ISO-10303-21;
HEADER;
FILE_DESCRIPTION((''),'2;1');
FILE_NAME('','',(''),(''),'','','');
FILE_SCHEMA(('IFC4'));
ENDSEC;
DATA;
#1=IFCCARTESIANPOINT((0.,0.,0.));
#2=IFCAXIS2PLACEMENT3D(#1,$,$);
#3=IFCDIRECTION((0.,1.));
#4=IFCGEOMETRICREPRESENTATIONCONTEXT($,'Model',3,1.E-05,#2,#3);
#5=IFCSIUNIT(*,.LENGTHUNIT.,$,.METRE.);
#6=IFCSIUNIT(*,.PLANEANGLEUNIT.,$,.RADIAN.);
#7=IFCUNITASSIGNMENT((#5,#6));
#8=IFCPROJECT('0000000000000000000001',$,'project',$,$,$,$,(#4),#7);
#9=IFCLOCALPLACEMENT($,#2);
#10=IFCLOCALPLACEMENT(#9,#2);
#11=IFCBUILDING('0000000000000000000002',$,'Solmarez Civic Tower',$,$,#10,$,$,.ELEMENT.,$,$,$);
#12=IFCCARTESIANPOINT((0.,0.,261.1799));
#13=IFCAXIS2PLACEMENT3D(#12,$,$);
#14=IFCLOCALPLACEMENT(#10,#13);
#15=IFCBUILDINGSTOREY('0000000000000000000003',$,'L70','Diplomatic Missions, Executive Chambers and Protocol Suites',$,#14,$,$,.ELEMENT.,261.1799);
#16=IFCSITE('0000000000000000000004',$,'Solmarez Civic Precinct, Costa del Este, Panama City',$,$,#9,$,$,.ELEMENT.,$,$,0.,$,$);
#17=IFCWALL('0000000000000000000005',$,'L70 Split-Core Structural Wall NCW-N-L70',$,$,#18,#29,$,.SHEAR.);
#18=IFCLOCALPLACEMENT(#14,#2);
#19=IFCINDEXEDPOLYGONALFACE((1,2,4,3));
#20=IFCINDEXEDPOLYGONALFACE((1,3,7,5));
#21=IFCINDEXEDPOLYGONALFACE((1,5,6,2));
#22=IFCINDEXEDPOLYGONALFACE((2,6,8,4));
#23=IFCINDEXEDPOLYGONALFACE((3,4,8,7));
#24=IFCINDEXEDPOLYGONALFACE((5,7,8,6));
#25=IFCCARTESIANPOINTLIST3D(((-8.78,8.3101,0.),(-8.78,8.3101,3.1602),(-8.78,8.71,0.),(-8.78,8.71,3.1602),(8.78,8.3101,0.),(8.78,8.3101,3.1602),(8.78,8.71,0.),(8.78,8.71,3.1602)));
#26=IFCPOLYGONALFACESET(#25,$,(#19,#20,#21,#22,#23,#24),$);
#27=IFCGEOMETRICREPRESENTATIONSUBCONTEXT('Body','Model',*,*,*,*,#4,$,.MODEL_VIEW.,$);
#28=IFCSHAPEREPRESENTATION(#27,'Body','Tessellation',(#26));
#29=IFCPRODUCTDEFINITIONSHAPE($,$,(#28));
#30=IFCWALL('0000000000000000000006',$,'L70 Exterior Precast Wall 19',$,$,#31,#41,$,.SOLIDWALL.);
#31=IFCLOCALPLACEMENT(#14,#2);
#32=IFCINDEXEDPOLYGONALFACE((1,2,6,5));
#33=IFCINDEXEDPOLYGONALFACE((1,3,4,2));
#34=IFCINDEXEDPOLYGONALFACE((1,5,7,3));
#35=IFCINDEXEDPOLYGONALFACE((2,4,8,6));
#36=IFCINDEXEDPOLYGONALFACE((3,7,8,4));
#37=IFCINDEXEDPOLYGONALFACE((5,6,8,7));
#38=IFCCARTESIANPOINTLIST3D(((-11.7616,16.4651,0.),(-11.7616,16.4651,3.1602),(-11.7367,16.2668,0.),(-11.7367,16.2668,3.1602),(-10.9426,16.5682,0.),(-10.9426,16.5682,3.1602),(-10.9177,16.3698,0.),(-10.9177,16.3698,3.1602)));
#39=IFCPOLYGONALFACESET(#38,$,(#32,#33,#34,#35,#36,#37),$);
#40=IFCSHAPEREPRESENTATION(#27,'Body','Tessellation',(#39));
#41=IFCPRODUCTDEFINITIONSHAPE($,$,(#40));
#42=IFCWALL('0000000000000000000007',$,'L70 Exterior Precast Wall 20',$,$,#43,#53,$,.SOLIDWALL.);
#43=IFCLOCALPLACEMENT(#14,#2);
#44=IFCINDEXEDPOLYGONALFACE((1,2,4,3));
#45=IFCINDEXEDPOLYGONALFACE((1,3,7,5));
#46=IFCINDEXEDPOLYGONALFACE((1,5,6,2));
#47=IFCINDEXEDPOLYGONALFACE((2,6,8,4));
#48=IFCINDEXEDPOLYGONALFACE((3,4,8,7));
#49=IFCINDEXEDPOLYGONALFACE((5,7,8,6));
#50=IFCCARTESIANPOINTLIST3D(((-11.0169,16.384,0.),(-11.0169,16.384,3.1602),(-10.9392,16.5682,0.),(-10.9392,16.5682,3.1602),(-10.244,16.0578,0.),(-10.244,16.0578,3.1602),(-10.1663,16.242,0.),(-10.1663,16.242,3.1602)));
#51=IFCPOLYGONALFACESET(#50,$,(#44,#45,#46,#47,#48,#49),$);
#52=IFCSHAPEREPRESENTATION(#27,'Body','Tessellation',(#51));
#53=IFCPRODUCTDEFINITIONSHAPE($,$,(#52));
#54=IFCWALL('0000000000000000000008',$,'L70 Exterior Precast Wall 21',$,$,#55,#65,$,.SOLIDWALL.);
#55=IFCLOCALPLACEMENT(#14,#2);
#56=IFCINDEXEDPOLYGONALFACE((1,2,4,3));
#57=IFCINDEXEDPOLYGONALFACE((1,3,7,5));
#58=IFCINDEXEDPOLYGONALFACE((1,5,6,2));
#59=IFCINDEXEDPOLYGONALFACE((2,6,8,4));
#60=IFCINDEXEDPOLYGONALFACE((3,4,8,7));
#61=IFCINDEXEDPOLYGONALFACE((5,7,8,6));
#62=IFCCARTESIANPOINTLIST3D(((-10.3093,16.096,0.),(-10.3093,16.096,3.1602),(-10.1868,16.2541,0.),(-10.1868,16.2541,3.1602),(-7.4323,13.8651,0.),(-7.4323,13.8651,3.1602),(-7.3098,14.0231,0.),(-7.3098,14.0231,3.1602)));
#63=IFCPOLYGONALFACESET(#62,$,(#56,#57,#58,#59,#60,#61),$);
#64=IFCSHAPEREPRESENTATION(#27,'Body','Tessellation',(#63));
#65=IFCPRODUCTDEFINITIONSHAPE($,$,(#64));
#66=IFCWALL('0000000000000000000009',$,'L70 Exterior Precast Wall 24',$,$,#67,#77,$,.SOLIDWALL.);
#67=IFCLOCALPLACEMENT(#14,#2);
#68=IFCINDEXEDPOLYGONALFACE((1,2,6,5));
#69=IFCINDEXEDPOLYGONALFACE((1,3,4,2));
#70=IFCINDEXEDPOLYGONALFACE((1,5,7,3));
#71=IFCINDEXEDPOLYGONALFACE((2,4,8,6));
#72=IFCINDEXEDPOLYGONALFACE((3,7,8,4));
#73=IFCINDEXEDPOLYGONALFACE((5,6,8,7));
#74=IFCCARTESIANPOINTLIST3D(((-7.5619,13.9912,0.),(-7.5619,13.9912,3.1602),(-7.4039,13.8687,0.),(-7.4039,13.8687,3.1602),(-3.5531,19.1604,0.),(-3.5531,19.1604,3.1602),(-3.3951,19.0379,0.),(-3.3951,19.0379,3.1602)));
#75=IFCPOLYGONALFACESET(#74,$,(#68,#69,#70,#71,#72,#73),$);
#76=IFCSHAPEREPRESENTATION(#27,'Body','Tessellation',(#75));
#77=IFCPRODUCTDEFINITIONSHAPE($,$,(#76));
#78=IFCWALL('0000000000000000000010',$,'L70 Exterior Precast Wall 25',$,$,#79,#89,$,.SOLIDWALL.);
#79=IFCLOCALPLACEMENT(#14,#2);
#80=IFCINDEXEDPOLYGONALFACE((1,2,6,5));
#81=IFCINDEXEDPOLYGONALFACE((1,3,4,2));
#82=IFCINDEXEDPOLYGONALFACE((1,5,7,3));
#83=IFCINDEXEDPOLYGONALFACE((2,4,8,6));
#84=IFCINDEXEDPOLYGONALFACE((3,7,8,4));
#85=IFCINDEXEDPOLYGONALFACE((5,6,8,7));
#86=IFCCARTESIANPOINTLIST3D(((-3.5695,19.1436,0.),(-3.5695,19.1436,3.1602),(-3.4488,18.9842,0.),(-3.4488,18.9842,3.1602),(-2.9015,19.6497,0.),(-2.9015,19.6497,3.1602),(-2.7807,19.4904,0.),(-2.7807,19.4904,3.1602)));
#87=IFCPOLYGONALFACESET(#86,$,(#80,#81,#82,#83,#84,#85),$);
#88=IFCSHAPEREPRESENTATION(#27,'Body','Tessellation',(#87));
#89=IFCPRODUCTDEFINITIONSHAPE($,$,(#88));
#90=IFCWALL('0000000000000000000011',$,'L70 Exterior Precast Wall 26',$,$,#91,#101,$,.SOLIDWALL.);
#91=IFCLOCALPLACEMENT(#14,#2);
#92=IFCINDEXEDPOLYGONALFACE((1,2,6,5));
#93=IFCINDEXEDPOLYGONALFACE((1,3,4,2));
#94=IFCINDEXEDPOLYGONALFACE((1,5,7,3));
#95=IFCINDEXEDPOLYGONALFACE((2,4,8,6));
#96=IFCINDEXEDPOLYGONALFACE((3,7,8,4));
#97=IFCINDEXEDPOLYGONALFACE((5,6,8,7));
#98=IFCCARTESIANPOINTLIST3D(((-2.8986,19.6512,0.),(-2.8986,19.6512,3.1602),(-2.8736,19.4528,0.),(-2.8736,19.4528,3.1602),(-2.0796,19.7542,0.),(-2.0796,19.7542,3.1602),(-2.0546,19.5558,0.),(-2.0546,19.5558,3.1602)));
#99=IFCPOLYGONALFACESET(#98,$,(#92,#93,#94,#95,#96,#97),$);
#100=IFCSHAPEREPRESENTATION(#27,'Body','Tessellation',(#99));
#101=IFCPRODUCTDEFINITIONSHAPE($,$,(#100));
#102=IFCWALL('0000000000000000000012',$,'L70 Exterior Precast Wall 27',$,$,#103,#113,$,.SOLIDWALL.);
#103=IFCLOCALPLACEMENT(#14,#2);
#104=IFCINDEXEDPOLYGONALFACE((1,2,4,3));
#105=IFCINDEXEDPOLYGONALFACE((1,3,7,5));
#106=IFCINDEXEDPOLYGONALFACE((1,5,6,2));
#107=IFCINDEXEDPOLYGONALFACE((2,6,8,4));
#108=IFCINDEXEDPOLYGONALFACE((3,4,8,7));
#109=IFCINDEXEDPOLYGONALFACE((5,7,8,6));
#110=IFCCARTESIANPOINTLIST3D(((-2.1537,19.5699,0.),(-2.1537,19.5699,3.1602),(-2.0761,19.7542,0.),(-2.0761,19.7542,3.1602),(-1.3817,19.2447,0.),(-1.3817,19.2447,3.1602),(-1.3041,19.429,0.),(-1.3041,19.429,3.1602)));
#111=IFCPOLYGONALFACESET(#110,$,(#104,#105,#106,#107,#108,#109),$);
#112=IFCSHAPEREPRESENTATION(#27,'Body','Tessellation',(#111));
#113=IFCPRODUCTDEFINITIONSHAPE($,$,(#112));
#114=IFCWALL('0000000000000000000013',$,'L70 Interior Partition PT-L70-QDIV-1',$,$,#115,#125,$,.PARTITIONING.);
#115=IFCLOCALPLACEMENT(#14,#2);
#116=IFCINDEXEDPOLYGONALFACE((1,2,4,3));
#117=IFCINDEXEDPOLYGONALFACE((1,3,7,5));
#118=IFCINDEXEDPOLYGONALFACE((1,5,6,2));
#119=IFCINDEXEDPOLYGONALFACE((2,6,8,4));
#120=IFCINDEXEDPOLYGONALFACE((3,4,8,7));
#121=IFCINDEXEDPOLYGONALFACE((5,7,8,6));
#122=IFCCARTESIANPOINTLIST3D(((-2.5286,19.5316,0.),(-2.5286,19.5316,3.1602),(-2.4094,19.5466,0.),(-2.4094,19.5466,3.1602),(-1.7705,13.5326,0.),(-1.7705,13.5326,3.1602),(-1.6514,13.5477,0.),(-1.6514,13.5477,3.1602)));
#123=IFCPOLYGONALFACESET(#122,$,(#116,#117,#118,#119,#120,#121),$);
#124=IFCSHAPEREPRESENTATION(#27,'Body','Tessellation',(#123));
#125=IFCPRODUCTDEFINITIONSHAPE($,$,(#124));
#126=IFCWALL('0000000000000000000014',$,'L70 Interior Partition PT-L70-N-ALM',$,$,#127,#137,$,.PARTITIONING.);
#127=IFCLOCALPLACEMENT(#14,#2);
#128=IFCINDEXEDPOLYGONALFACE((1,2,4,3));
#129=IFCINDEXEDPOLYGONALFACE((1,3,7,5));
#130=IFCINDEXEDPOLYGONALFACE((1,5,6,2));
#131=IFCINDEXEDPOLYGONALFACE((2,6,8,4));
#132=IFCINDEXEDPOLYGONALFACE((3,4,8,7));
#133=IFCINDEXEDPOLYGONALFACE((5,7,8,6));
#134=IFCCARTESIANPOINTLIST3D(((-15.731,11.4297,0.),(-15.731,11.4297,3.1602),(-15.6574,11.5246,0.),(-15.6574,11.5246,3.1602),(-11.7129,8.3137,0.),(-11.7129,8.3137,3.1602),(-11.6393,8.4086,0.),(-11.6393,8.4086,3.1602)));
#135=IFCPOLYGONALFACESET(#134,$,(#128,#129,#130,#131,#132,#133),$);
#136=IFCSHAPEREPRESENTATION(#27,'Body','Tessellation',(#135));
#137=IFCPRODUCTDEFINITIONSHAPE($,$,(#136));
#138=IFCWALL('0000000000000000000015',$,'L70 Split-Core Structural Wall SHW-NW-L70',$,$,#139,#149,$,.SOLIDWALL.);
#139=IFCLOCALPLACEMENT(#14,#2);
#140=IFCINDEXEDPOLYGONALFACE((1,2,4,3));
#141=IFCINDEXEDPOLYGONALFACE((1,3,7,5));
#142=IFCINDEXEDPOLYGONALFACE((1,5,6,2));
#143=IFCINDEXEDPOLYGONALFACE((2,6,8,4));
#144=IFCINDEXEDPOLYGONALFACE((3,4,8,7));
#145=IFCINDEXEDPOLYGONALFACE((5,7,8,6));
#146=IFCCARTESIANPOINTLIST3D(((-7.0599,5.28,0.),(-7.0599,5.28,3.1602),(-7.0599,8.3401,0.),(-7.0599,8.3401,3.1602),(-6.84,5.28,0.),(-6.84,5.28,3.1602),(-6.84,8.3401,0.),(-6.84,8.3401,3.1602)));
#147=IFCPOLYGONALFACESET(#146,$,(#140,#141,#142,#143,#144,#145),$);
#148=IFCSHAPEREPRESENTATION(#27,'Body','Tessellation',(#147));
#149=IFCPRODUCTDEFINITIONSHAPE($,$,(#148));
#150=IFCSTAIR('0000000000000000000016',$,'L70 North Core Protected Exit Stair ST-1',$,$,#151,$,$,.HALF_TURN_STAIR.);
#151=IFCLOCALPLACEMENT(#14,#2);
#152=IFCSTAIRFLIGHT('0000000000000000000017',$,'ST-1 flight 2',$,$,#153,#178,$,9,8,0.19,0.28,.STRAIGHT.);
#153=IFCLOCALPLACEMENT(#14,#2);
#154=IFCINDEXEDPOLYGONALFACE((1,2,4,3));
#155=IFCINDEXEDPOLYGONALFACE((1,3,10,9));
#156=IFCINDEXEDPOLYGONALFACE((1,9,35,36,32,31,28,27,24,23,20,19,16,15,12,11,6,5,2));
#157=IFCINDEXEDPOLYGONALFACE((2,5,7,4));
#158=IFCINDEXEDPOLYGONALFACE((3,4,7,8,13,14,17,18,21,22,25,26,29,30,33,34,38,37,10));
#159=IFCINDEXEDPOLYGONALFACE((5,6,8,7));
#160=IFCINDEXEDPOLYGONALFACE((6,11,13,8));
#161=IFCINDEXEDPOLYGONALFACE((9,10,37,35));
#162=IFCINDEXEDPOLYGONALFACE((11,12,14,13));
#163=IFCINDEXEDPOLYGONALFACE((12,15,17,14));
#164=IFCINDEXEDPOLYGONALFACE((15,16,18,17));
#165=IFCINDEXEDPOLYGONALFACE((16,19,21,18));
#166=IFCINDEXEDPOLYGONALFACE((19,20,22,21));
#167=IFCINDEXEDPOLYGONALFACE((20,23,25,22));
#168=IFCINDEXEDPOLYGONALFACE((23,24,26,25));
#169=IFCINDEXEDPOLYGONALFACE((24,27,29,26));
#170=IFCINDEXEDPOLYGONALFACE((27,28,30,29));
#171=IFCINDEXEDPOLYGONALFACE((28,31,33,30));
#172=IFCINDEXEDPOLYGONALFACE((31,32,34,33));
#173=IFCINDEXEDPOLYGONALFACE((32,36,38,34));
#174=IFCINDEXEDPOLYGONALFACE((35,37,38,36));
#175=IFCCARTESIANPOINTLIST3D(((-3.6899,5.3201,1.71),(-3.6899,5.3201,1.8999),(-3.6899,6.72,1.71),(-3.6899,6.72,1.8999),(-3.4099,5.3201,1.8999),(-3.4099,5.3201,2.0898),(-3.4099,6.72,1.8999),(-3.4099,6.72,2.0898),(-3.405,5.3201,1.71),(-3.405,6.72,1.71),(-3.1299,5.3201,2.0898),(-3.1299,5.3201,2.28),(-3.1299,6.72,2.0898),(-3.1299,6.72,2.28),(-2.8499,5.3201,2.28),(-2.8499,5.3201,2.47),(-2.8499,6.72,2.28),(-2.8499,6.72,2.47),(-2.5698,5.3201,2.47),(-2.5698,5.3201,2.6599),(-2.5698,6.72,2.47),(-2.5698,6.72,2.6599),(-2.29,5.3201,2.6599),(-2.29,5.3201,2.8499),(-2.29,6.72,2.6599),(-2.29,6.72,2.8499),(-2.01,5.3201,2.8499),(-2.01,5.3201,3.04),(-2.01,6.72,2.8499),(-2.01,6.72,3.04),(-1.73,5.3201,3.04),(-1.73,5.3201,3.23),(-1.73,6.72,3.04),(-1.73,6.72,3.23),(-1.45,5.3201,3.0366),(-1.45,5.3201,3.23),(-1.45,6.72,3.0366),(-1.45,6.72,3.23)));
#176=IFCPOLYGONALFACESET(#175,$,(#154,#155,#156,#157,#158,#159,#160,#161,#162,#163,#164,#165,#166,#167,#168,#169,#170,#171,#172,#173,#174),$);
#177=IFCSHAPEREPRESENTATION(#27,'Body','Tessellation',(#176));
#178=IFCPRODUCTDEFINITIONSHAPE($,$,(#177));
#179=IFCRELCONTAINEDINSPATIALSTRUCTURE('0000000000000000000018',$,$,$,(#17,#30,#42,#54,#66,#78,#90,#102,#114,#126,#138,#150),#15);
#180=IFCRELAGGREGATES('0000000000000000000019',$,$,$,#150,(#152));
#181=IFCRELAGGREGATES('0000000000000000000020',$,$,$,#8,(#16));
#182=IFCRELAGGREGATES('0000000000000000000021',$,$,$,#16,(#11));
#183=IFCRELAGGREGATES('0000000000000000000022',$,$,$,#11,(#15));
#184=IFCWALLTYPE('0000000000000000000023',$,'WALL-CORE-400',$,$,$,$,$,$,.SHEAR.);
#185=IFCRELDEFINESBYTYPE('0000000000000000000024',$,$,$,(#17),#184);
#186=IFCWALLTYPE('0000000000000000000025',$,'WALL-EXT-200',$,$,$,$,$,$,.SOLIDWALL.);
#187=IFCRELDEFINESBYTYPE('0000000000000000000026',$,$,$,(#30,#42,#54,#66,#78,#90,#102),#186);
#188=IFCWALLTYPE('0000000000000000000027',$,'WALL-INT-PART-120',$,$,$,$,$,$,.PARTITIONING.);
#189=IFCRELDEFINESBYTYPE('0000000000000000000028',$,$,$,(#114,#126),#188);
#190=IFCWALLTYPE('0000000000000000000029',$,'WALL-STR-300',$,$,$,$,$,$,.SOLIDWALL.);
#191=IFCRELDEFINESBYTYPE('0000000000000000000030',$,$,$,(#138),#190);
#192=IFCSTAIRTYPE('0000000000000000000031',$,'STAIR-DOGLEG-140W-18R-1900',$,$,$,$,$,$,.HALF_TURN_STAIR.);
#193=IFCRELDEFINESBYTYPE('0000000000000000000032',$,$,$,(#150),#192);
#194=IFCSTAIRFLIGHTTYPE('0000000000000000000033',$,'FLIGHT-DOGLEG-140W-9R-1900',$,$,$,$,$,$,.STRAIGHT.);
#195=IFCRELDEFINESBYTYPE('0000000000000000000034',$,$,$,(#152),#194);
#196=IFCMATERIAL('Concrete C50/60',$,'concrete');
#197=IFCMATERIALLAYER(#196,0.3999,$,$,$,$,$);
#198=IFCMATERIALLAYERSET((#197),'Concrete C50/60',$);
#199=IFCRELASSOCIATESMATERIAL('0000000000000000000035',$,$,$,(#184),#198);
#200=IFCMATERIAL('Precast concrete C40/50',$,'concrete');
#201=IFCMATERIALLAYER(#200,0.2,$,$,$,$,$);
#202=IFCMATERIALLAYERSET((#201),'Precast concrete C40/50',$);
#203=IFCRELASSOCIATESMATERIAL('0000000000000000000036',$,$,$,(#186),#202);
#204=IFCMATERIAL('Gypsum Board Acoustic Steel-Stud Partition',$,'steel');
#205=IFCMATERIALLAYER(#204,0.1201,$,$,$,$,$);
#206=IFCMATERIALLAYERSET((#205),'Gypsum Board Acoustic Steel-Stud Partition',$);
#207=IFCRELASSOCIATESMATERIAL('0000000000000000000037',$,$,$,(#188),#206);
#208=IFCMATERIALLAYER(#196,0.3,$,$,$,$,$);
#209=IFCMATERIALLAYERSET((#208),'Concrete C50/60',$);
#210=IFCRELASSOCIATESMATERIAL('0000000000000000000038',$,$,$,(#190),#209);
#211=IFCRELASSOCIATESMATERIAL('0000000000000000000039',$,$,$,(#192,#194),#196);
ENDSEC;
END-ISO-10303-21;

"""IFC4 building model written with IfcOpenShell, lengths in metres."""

from ifc_helpers import new_model, si_unit, direction, frame, frame_2d, origin, place, context, subcontext, project, spatial, polyline, rectangle, outline, extrude, material, layer, layer_set, type_object, element, aggregate, save


model = new_model("IFC4")

# Units and contexts
model_context = context("Model", 3, precision=1e-05, world=origin(), true_north=direction((0.0, 1.0)))
body_context = subcontext(model_context, "Body", "Model", "MODEL_VIEW")
ifc_project = project(units=[si_unit("LENGTHUNIT", "METRE"), si_unit("PLANEANGLEUNIT", "RADIAN")], contexts=[model_context])

# Site, building, storey
site_placement = place(None, origin())
site = spatial("IfcSite", under=ifc_project, at=site_placement, Name="Solmarez Civic Precinct, Costa del Este, Panama City", CompositionType="ELEMENT", RefElevation=0.0)
building_placement = place(site_placement, origin())
building = spatial("IfcBuilding", under=site, at=building_placement, Name="Solmarez Civic Tower", CompositionType="ELEMENT")
storey_placement = place(building_placement, frame((0.0, 0.0, 261.1799)))
storey = spatial("IfcBuildingStorey", under=building, at=storey_placement, Name="L70", Description="Diplomatic Missions, Executive Chambers and Protocol Suites", CompositionType="ELEMENT", Elevation=261.1799)

# Shared definitions
ifc_material_1 = material(Name="Concrete C50/60", Category="concrete")

# Walls
ifc_layer_1 = layer(ifc_material_1, 0.3999)
ifc_layer_set_1 = layer_set([ifc_layer_1], Name="Concrete C50/60")
wall_type_1 = type_object("IfcWallType", Name="WALL-CORE-400", PredefinedType="SHEAR", material=ifc_layer_set_1)
wall_1_placement = place(storey_placement, frame((-8.78, 8.51, 0.0), z_axis=(0.0, 0.0, 1.0), x_axis=(1.0, 0.0, 0.0)))
element("IfcWall", 1, at=wall_1_placement, inside=storey, type_object=wall_type_1, Name="L70 Split-Core Structural Wall NCW-N-L70", PredefinedType="SHEAR", context=body_context, shape_type="SweptSolid", body=[
    extrude(rectangle(XDim=17.5601, YDim=0.3999, at=frame_2d((8.78, 0.0))), origin(), (0.0, 0.0, 1.0), 3.1602),
])
ifc_material_2 = material(Name="Precast concrete C40/50", Category="concrete")
ifc_layer_2 = layer(ifc_material_2, 0.2)
ifc_layer_set_2 = layer_set([ifc_layer_2], Name="Precast concrete C40/50")
wall_type_2 = type_object("IfcWallType", Name="WALL-EXT-200", PredefinedType="SOLIDWALL", material=ifc_layer_set_2)
wall_2_placement = place(storey_placement, frame((-11.749, 16.366, 0.0), z_axis=(0.0, 0.0, 1.0), x_axis=(0.992182, 0.124799, 0.0)))
element("IfcWall", 2, at=wall_2_placement, inside=storey, type_object=wall_type_2, Name="L70 Exterior Precast Wall 19", PredefinedType="SOLIDWALL", context=body_context, shape_type="SweptSolid", body=[
    extrude(rectangle(XDim=0.8254, YDim=0.2, at=frame_2d((0.4126, 0.0))), origin(), (0.0, 0.0, 1.0), 3.1602),
])
wall_3_placement = place(storey_placement, frame((-10.978, 16.4761, 0.0), z_axis=(0.0, 0.0, 1.0), x_axis=(0.921328, -0.388785, 0.0)))
element("IfcWall", 3, at=wall_3_placement, inside=storey, type_object=wall_type_2, Name="L70 Exterior Precast Wall 20", PredefinedType="SOLIDWALL", context=body_context, shape_type="SweptSolid", body=[
    extrude(rectangle(XDim=0.8389, YDim=0.2, at=frame_2d((0.4194, 0.0))), origin(), (0.0, 0.0, 1.0), 3.1602),
])
wall_4_placement = place(storey_placement, frame((-10.248, 16.175, 0.0), z_axis=(0.0, 0.0, 1.0), x_axis=(0.79024, -0.612798, 0.0)))
element("IfcWall", 4, at=wall_4_placement, inside=storey, type_object=wall_type_2, Name="L70 Exterior Precast Wall 21", PredefinedType="SOLIDWALL", context=body_context, shape_type="SweptSolid", body=[
    extrude(rectangle(XDim=3.6406, YDim=0.2, at=frame_2d((1.8203, 0.0))), origin(), (0.0, 0.0, 1.0), 3.1602),
])
wall_5_placement = place(storey_placement, frame((-7.4829, 13.9299, 0.0), z_axis=(0.0, 0.0, 1.0), x_axis=(0.612826, 0.790218, 0.0)))
element("IfcWall", 5, at=wall_5_placement, inside=storey, type_object=wall_type_2, Name="L70 Exterior Precast Wall 24", PredefinedType="SOLIDWALL", context=body_context, shape_type="SweptSolid", body=[
    extrude(rectangle(XDim=6.5415, YDim=0.2, at=frame_2d((3.2708, 0.0))), origin(), (0.0, 0.0, 1.0), 3.1602),
])
wall_6_placement = place(storey_placement, frame((-3.509, 19.064, 0.0), z_axis=(0.0, 0.0, 1.0), x_axis=(0.797054, 0.603908, 0.0)))
element("IfcWall", 6, at=wall_6_placement, inside=storey, type_object=wall_type_2, Name="L70 Exterior Precast Wall 25", PredefinedType="SOLIDWALL", context=body_context, shape_type="SweptSolid", body=[
    extrude(rectangle(XDim=0.8381, YDim=0.2, at=frame_2d((0.4189, 0.0))), origin(), (0.0, 0.0, 1.0), 3.1602),
])
wall_7_placement = place(storey_placement, frame((-2.886, 19.552, 0.0), z_axis=(0.0, 0.0, 1.0), x_axis=(0.992182, 0.124799, 0.0)))
element("IfcWall", 7, at=wall_7_placement, inside=storey, type_object=wall_type_2, Name="L70 Exterior Precast Wall 26", PredefinedType="SOLIDWALL", context=body_context, shape_type="SweptSolid", body=[
    extrude(rectangle(XDim=0.8254, YDim=0.2, at=frame_2d((0.4126, 0.0))), origin(), (0.0, 0.0, 1.0), 3.1602),
])
wall_8_placement = place(storey_placement, frame((-2.115, 19.6621, 0.0), z_axis=(0.0, 0.0, 1.0), x_axis=(0.92157, -0.388213, 0.0)))
element("IfcWall", 8, at=wall_8_placement, inside=storey, type_object=wall_type_2, Name="L70 Exterior Precast Wall 27", PredefinedType="SOLIDWALL", context=body_context, shape_type="SweptSolid", body=[
    extrude(rectangle(XDim=0.8376, YDim=0.2, at=frame_2d((0.4189, 0.0))), origin(), (0.0, 0.0, 1.0), 3.1602),
])
ifc_material_3 = material(Name="Gypsum Board Acoustic Steel-Stud Partition", Category="steel")
ifc_layer_3 = layer(ifc_material_3, 0.1201)
ifc_layer_set_3 = layer_set([ifc_layer_3], Name="Gypsum Board Acoustic Steel-Stud Partition")
wall_type_3 = type_object("IfcWallType", Name="WALL-INT-PART-120", PredefinedType="PARTITIONING", material=ifc_layer_set_3)
wall_9_placement = place(storey_placement, frame((-1.7109, 13.54, 0.0), z_axis=(0.0, 0.0, 1.0), x_axis=(-0.125366, 0.992111, 0.0)))
element("IfcWall", 9, at=wall_9_placement, inside=storey, type_object=wall_type_3, Name="L70 Interior Partition PT-L70-QDIV-1", PredefinedType="PARTITIONING", context=body_context, shape_type="SweptSolid", body=[
    extrude(rectangle(XDim=6.0466, YDim=0.1201, at=frame_2d((3.0234, 0.0))), origin(), (0.0, 0.0, 1.0), 3.1602),
])
wall_10_placement = place(storey_placement, frame((-11.676, 8.3611, 0.0), z_axis=(0.0, 0.0, 1.0), x_axis=(-0.790228, 0.612813, 0.0)))
element("IfcWall", 10, at=wall_10_placement, inside=storey, type_object=wall_type_3, Name="L70 Interior Partition PT-L70-N-ALM", PredefinedType="PARTITIONING", context=body_context, shape_type="SweptSolid", body=[
    extrude(rectangle(XDim=5.0847, YDim=0.1201, at=frame_2d((2.5425, 0.0))), origin(), (0.0, 0.0, 1.0), 3.1602),
])
ifc_layer_4 = layer(ifc_material_1, 0.3)
ifc_layer_set_4 = layer_set([ifc_layer_4], Name="Concrete C50/60")
wall_type_4 = type_object("IfcWallType", Name="WALL-STR-300", PredefinedType="SOLIDWALL", material=ifc_layer_set_4)
wall_11_placement = place(storey_placement, frame((-6.95, 5.28, 0.0), z_axis=(0.0, 0.0, 1.0), x_axis=(0.0, 1.0, 0.0)))
element("IfcWall", 11, at=wall_11_placement, inside=storey, type_object=wall_type_4, Name="L70 Split-Core Structural Wall SHW-NW-L70", PredefinedType="SOLIDWALL", context=body_context, shape_type="SweptSolid", body=[
    extrude(rectangle(XDim=3.0601, YDim=0.22, at=frame_2d((1.53, 0.0))), origin(), (0.0, 0.0, 1.0), 3.1602),
])

# Stair, stair flight
stair_type = type_object("IfcStairType", Name="STAIR-DOGLEG-140W-18R-1900", PredefinedType="HALF_TURN_STAIR", material=ifc_material_1)
stair_placement = place(storey_placement, origin())
stair = element("IfcStair", 12, at=stair_placement, inside=storey, type_object=stair_type, Name="L70 North Core Protected Exit Stair ST-1", PredefinedType="HALF_TURN_STAIR")
stair_flight_type = type_object("IfcStairFlightType", Name="FLIGHT-DOGLEG-140W-9R-1900", PredefinedType="STRAIGHT", material=ifc_material_1)
stair_flight_placement = place(storey_placement, frame((-3.6899, 6.02, 1.71), z_axis=(0.0, 0.0, 1.0), x_axis=(1.0, 0.0, 0.0)))
stair_flight = element("IfcStairFlight", 13, at=stair_flight_placement, type_object=stair_flight_type, Name="ST-1 flight 2", NumberOfRisers=9, NumberOfTreads=8, PredefinedType="STRAIGHT", RiserHeight=0.19, TreadLength=0.28, context=body_context, shape_type="SweptSolid", body=[
    extrude(outline(polyline([(0.0, 0.0), (0.0, 0.1899), (0.28, 0.1899), (0.28, 0.3799), (0.5601, 0.3799), (0.5601, 0.5701), (0.8401, 0.5701), (0.8401, 0.76), (1.1201, 0.76), (1.1201, 0.95), (1.3999, 0.95), (1.3999, 1.1399), (1.6799, 1.1399), (1.6799, 1.3301), (1.96, 1.3301), (1.96, 1.52), (2.24, 1.52), (2.24, 1.71), (2.24, 1.3267), (0.2849, 0.0), (0.0, 0.0)])), frame((0.0, 0.7, 0.0), z_axis=(0.0, -1.0, 0.0), x_axis=(1.0, 0.0, 0.0)), (0.0, 0.0, 1.0), 1.3999),
])
aggregate(stair, [stair_flight])

save(model, "model.ifc")
